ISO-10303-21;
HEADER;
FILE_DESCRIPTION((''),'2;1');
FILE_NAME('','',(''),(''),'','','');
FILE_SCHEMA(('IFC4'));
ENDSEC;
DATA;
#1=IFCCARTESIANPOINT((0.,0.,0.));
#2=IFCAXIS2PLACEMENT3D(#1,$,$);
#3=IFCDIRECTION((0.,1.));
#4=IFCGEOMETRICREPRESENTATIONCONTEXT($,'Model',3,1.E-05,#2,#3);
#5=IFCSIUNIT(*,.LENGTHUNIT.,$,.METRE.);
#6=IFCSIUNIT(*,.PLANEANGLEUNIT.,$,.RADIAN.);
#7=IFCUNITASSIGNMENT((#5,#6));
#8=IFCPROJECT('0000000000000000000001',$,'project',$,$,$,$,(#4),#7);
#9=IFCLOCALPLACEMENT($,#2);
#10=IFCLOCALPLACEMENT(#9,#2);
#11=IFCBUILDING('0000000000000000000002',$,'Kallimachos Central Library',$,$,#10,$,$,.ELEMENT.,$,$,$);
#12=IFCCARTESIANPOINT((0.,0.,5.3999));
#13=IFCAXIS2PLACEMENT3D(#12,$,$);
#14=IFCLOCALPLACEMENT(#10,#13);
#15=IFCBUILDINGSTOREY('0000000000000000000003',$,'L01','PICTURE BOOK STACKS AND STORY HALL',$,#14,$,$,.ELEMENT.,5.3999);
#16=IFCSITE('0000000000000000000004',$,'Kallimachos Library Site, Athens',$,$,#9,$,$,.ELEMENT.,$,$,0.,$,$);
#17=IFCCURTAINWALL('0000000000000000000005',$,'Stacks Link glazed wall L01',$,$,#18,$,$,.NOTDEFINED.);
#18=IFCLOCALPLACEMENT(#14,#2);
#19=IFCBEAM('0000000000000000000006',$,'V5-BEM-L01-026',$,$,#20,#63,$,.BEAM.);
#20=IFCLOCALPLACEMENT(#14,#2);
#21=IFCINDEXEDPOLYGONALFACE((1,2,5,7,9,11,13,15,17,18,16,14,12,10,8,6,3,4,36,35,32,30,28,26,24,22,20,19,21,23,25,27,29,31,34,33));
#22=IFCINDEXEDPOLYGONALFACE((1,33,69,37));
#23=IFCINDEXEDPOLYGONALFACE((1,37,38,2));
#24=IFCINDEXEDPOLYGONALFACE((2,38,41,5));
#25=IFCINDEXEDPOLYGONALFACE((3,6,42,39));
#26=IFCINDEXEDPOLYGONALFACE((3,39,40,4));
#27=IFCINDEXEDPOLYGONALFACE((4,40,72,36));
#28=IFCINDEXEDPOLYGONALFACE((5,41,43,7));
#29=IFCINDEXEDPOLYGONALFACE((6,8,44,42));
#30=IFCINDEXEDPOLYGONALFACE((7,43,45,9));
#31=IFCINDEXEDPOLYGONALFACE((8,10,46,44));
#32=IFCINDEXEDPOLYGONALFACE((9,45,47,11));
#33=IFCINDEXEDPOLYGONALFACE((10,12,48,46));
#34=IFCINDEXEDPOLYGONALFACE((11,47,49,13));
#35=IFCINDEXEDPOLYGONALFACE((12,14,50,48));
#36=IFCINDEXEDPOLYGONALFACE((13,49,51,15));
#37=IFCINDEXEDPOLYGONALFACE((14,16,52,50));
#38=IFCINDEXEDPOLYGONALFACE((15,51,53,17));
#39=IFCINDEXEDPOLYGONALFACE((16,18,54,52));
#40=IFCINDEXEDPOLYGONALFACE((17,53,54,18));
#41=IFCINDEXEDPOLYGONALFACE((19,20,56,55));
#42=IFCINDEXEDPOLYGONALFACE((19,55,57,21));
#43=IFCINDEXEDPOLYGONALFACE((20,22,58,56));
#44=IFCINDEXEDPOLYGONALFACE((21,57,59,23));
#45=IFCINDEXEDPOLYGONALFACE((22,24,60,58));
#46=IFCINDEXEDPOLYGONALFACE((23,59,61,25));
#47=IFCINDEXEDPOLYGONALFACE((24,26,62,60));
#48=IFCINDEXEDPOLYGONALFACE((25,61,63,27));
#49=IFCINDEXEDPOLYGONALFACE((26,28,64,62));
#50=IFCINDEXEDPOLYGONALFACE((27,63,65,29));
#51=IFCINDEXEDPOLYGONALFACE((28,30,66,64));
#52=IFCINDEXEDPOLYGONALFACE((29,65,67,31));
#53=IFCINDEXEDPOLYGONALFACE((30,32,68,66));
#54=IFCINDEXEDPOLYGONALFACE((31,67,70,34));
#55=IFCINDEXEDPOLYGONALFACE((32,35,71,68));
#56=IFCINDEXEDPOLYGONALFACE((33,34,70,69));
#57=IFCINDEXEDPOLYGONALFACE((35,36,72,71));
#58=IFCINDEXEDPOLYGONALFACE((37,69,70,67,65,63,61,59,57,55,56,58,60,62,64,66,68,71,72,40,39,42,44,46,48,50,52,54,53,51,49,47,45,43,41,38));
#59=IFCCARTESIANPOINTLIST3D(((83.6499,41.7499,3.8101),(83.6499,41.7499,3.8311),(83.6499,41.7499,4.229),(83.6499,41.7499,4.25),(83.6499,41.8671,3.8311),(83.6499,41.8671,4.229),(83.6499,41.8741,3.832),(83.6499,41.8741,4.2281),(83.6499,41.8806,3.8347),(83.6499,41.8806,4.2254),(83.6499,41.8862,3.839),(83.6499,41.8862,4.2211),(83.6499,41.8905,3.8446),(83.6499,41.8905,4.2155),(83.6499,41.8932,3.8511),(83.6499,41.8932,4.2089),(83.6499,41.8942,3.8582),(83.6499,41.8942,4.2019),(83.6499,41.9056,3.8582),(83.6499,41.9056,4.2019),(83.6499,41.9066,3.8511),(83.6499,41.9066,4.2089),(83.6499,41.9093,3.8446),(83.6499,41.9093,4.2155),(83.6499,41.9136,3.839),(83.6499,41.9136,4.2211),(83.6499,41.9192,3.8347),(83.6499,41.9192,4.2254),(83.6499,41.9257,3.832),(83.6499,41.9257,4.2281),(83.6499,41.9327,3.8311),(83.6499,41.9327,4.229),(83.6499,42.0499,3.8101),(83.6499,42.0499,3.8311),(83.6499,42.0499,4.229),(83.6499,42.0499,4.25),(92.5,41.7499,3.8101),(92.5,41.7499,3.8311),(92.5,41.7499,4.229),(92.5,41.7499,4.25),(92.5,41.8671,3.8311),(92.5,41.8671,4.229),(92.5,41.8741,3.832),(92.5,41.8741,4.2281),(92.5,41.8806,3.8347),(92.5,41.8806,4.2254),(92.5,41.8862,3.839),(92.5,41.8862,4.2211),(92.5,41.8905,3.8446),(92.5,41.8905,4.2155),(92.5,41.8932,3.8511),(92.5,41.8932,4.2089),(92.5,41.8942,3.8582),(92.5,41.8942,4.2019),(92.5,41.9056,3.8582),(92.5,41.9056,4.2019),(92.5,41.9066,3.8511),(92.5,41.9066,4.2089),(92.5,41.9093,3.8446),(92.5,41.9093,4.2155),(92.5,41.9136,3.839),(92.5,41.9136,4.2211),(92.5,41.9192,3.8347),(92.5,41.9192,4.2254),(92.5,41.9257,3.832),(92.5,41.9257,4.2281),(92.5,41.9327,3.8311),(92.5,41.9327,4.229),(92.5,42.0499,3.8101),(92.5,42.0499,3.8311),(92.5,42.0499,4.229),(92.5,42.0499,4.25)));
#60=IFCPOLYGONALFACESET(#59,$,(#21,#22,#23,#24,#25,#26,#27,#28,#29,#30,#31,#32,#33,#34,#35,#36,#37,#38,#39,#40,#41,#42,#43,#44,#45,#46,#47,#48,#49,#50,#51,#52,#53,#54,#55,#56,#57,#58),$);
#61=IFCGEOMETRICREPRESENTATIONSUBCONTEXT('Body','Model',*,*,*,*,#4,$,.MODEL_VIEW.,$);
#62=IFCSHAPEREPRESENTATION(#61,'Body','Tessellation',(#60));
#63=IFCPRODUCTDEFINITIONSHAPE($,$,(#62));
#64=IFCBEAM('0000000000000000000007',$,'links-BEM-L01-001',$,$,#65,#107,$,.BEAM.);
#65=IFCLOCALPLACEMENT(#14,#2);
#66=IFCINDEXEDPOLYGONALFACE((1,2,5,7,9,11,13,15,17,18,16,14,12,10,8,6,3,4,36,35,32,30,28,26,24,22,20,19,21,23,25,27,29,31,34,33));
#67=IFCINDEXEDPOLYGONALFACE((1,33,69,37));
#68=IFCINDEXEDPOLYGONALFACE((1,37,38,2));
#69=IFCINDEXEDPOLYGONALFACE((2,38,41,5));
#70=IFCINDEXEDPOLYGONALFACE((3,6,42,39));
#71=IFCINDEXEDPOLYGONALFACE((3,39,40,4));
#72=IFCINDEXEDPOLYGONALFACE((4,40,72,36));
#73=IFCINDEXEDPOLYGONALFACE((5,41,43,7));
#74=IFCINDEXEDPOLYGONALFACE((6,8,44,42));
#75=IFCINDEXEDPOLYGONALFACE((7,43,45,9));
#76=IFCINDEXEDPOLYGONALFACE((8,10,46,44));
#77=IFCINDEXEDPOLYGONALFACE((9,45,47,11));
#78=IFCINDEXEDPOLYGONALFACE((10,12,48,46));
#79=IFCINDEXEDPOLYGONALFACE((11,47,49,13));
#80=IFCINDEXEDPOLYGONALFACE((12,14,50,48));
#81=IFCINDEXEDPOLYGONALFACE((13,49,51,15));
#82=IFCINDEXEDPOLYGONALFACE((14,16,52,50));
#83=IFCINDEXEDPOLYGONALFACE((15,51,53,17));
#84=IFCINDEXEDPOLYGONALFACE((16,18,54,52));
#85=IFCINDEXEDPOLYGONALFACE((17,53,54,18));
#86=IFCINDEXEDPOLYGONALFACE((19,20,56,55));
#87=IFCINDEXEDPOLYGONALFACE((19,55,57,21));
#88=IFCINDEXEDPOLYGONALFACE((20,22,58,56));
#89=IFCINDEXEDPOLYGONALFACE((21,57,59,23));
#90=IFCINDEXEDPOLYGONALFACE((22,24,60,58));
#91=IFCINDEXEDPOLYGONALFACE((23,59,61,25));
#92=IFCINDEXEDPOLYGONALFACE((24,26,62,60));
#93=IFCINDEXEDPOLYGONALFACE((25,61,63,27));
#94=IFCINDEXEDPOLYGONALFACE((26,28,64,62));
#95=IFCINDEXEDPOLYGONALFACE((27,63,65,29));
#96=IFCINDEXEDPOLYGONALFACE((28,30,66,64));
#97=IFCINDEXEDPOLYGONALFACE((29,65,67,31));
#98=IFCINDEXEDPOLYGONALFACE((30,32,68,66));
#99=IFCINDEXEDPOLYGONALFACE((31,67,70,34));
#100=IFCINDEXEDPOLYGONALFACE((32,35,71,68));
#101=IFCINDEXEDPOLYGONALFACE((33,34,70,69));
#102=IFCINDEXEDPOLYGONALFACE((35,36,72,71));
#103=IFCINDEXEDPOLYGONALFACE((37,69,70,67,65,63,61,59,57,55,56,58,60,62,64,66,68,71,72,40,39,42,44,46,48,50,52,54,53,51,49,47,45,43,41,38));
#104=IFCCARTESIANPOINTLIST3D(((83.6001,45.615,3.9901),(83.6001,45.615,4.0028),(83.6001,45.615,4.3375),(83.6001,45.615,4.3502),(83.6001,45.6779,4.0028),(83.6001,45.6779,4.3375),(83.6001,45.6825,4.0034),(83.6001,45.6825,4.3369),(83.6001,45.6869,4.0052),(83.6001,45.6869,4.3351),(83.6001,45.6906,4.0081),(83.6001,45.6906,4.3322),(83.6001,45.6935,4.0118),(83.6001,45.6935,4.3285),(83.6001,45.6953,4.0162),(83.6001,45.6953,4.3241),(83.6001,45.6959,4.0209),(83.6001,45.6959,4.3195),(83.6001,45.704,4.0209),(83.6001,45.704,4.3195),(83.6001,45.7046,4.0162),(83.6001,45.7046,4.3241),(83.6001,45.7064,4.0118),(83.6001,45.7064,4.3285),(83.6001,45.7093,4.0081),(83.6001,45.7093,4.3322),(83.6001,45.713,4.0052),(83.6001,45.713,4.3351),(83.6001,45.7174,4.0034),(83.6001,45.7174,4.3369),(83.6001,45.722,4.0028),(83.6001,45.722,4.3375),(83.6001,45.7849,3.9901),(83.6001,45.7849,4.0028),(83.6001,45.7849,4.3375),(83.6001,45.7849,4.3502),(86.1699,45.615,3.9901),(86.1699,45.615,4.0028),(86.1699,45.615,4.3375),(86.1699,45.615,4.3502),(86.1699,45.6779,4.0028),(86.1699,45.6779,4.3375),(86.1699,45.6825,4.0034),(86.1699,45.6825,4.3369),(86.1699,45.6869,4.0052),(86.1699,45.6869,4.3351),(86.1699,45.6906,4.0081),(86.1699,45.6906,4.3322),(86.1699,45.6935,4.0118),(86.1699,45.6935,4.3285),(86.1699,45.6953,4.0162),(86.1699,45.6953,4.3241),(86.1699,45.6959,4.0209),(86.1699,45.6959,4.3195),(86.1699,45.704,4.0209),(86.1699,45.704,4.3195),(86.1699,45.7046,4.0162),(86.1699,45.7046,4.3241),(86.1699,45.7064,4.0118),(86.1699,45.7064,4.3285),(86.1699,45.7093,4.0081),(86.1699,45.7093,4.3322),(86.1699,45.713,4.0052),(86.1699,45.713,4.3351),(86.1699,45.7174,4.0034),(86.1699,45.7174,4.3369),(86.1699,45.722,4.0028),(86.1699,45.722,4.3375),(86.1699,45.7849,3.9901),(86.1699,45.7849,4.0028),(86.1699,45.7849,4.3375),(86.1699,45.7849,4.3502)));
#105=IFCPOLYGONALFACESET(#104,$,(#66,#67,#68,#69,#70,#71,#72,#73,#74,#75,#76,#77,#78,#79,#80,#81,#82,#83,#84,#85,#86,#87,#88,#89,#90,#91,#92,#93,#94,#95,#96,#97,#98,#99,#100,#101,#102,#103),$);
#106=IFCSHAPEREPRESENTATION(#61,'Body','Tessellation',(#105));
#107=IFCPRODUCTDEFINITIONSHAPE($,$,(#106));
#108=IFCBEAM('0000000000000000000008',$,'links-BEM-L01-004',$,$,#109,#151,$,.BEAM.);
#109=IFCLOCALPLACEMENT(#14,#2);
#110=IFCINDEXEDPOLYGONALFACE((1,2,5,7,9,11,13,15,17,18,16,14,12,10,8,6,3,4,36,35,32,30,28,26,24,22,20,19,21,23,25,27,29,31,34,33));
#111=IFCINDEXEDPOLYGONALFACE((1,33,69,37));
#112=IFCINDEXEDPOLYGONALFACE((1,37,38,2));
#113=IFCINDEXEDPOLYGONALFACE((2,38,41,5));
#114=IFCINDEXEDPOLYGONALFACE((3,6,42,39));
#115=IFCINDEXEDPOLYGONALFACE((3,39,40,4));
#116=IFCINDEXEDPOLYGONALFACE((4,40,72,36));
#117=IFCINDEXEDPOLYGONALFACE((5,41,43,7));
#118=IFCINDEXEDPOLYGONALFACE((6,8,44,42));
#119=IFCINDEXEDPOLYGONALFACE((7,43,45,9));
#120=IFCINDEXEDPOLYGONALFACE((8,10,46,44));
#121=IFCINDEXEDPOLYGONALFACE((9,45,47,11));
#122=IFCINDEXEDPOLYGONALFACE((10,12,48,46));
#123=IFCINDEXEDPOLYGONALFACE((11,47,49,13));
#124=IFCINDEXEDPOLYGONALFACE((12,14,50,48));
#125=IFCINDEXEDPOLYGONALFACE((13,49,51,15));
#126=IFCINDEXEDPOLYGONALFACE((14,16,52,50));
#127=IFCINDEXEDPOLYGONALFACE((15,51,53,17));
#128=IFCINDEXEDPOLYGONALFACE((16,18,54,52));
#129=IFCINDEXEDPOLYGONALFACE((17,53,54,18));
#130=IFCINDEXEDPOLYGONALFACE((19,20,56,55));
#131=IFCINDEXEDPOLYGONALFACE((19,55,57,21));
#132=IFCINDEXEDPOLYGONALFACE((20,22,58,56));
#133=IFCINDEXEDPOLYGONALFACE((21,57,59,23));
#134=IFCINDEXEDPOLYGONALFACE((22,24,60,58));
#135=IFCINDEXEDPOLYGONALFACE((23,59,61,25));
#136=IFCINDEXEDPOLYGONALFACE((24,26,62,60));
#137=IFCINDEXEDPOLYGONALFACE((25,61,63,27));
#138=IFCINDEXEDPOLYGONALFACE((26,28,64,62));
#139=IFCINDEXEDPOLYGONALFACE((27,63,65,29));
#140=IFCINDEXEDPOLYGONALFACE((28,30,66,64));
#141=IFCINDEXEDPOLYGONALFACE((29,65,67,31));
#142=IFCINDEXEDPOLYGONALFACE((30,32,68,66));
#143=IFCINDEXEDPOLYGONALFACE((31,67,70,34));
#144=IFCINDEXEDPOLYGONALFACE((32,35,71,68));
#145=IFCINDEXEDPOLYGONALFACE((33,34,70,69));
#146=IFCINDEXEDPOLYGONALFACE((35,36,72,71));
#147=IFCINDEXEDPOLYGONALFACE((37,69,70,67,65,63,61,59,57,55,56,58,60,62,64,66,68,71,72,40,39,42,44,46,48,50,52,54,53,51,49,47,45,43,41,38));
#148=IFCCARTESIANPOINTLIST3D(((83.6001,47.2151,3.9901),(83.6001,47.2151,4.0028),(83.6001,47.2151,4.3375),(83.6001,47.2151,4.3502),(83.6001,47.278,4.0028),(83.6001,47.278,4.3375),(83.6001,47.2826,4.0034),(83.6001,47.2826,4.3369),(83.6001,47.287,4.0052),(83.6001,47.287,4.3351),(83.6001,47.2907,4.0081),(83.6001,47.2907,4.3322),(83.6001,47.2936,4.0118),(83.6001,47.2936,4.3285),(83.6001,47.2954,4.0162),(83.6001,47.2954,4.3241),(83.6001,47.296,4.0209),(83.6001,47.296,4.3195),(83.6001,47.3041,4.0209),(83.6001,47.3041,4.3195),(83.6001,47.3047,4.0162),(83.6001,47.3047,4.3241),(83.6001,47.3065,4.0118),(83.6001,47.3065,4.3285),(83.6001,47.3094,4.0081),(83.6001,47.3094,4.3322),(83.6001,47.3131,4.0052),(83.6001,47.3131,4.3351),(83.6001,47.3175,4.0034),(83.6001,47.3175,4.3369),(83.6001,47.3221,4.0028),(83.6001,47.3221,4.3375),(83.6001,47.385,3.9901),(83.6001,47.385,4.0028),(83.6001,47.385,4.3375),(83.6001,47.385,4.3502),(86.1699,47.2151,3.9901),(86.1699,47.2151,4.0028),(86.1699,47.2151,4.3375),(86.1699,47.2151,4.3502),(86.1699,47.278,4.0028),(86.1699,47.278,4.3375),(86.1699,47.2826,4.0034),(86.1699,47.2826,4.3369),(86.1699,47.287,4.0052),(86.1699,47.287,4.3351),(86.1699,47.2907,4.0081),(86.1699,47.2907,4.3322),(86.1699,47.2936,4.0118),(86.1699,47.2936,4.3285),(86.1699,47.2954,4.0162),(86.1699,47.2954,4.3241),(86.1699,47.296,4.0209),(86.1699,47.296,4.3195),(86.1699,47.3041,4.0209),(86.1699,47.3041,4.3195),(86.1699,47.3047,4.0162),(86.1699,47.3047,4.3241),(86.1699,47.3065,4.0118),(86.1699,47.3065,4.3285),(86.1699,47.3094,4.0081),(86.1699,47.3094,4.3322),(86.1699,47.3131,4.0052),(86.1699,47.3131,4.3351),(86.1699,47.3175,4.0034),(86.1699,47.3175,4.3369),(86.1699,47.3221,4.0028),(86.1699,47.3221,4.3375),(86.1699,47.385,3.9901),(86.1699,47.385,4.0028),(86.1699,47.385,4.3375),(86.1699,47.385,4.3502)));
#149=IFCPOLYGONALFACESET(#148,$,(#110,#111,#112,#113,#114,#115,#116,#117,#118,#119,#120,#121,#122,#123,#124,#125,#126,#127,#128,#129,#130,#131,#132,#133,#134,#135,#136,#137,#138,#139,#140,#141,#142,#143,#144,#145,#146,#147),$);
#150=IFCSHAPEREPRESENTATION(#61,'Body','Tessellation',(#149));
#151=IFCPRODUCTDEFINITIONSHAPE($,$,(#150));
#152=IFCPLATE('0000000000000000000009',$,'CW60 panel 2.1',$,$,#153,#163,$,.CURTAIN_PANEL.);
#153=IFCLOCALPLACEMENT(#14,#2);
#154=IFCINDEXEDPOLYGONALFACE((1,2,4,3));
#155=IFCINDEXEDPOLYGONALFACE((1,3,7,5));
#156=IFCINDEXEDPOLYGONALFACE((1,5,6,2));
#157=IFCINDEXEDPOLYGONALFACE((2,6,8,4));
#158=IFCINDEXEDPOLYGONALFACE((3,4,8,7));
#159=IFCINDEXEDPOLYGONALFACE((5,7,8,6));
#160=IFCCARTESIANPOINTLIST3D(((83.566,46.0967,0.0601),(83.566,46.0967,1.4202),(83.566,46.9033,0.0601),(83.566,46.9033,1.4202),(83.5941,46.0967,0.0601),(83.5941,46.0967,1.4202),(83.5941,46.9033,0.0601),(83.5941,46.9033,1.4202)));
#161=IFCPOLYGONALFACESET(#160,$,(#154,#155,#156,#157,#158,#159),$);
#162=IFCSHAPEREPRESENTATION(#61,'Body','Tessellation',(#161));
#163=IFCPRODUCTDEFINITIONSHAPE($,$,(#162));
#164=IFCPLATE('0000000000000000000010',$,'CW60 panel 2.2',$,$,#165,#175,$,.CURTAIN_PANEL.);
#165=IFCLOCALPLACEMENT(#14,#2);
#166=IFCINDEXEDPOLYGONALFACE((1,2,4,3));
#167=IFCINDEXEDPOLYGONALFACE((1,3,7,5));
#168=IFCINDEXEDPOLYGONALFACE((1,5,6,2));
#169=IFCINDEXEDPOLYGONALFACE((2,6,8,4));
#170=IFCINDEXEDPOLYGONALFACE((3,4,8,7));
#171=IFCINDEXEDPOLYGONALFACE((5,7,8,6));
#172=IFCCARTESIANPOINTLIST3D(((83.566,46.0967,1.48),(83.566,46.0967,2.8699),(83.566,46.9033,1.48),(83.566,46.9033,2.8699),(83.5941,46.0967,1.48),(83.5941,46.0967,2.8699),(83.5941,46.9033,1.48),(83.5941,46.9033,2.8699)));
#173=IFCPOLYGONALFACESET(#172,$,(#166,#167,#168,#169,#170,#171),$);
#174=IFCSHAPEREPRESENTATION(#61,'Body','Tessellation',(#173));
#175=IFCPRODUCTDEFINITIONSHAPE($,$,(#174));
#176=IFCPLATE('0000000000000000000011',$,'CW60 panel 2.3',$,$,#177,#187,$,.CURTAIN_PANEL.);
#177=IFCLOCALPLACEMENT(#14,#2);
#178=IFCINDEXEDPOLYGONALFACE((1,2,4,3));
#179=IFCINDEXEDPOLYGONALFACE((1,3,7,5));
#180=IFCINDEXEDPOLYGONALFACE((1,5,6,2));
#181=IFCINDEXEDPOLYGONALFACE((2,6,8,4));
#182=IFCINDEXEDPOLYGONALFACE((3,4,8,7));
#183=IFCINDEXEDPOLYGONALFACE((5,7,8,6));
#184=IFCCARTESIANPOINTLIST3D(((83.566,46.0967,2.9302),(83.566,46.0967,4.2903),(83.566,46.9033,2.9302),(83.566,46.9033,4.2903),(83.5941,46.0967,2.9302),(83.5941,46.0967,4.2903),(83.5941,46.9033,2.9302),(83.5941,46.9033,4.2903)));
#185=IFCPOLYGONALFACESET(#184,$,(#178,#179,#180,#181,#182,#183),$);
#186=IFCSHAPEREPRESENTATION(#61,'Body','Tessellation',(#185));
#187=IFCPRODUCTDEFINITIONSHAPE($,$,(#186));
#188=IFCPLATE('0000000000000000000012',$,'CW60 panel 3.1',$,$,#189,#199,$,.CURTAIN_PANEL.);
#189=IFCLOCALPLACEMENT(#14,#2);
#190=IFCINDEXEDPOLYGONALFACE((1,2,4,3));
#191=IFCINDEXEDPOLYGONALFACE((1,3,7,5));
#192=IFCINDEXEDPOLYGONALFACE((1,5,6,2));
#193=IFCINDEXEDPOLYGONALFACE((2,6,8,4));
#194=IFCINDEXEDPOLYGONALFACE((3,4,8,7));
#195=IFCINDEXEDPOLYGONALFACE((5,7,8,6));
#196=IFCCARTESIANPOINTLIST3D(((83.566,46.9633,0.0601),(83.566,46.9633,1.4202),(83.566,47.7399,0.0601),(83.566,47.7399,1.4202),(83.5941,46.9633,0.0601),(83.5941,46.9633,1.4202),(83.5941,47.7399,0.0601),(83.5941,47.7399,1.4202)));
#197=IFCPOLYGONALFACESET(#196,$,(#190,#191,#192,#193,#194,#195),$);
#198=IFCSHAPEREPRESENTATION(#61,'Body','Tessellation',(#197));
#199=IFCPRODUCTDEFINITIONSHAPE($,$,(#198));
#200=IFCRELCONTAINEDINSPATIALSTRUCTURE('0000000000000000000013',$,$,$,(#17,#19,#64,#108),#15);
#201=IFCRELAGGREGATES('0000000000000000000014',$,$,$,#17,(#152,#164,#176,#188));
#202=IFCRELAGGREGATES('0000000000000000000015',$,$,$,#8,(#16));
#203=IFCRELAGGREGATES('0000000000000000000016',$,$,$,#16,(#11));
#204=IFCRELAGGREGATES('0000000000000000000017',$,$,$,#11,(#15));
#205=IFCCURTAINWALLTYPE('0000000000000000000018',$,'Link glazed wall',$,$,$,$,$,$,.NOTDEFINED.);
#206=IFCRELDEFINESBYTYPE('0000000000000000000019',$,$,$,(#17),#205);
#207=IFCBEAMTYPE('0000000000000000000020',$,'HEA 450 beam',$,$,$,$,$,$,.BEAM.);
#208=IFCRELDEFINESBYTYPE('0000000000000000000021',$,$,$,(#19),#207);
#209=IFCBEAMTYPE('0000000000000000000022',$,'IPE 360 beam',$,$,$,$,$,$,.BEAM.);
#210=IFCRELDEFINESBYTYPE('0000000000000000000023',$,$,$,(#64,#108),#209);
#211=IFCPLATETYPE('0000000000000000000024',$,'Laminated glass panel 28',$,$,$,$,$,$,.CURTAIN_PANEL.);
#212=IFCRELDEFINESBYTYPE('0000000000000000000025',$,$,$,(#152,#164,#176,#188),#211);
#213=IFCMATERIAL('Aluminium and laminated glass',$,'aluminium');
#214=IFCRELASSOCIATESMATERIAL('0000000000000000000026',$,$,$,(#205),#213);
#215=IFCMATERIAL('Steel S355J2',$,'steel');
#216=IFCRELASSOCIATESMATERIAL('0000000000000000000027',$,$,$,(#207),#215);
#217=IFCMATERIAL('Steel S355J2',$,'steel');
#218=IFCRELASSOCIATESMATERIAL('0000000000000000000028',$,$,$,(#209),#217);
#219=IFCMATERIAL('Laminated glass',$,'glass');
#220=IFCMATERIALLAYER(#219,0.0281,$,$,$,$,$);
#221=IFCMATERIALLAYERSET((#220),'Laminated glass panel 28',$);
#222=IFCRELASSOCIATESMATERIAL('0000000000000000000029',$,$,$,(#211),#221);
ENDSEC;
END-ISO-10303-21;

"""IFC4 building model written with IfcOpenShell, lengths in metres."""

from ifc_helpers import new_model, si_unit, direction, frame, origin, origin_2d, place, context, subcontext, project, spatial, rectangle, i_section, extrude, material, layer, layer_set, material_profile, profile_set, type_object, element, aggregate, save


model = new_model("IFC4")

# Units and contexts
model_context = context("Model", 3, precision=1e-05, world=origin(), true_north=direction((0.0, 1.0)))
body_context = subcontext(model_context, "Body", "Model", "MODEL_VIEW")
ifc_project = project(units=[si_unit("LENGTHUNIT", "METRE"), si_unit("PLANEANGLEUNIT", "RADIAN")], contexts=[model_context])

# Site, building, storey
site_placement = place(None, origin())
site = spatial("IfcSite", under=ifc_project, at=site_placement, Name="Kallimachos Library Site, Athens", CompositionType="ELEMENT", RefElevation=0.0)
building_placement = place(site_placement, origin())
building = spatial("IfcBuilding", under=site, at=building_placement, Name="Kallimachos Central Library", CompositionType="ELEMENT")
storey_placement = place(building_placement, frame((0.0, 0.0, 5.3999)))
storey = spatial("IfcBuildingStorey", under=building, at=storey_placement, Name="L01", Description="PICTURE BOOK STACKS AND STORY HALL", CompositionType="ELEMENT", Elevation=5.3999)

# Curtain wall
ifc_material_1 = material(Name="Aluminium and laminated glass", Category="aluminium")
curtain_wall_type = type_object("IfcCurtainWallType", Name="Link glazed wall", PredefinedType="NOTDEFINED", material=ifc_material_1)
curtain_wall_placement = place(storey_placement, origin())
curtain_wall = element("IfcCurtainWall", 1, at=curtain_wall_placement, inside=storey, type_object=curtain_wall_type, Name="Stacks Link glazed wall L01", PredefinedType="NOTDEFINED")

# Beams
ifc_material_2 = material(Name="Steel S355J2", Category="steel")
ifc_material_profile_1 = material_profile(ifc_material_2, i_section(OverallWidth=0.3, OverallDepth=0.4399, WebThickness=0.0115, FlangeThickness=0.021, FilletRadius=0.0271, at=origin_2d()), Name="HEA 450")
ifc_profile_set_1 = profile_set([ifc_material_profile_1], Name="Steel S355J2")
beam_type_1 = type_object("IfcBeamType", Name="HEA 450 beam", PredefinedType="BEAM", material=ifc_profile_set_1)
beam_placement = place(storey_placement, frame((83.6499, 41.8999, 4.03), z_axis=(1.0, 0.0, 0.0), x_axis=(0.0, 1.0, 0.0)))
element("IfcBeam", 2, at=beam_placement, inside=storey, type_object=beam_type_1, Name="V5-BEM-L01-026", PredefinedType="BEAM", context=body_context, shape_type="SweptSolid", body=[
    extrude(i_section(OverallWidth=0.3, OverallDepth=0.4399, WebThickness=0.0115, FlangeThickness=0.021, FilletRadius=0.0271, at=origin_2d()), origin(), (0.0, 0.0, 1.0), 8.8501),
])
ifc_material_3 = material(Name="Steel S355J2", Category="steel")
ifc_material_profile_2 = material_profile(ifc_material_3, i_section(OverallWidth=0.1699, OverallDepth=0.3601, WebThickness=0.0081, FlangeThickness=0.0127, FilletRadius=0.0181, at=origin_2d()), Name="IPE 360")
ifc_profile_set_2 = profile_set([ifc_material_profile_2], Name="Steel S355J2")
beam_type_2 = type_object("IfcBeamType", Name="IPE 360 beam", PredefinedType="BEAM", material=ifc_profile_set_2)
for number, where, z_axis, x_axis, name in (
    (3, (83.6001, 45.7, 4.1702), (1.0, 0.0, 0.0), (0.0, 1.0, 0.0), "links-BEM-L01-001"),
    (4, (83.6001, 47.3, 4.1702), (1.0, 0.0, 0.0), (0.0, 1.0, 0.0), "links-BEM-L01-004"),
):
    element("IfcBeam", number, at=place(storey_placement, frame(where, z_axis=z_axis, x_axis=x_axis)), inside=storey, type_object=beam_type_2, Name=name, PredefinedType="BEAM", context=body_context, shape_type="SweptSolid", body=[
        extrude(i_section(OverallWidth=0.1699, OverallDepth=0.3601, WebThickness=0.0081, FlangeThickness=0.0127, FilletRadius=0.0181, at=origin_2d()), origin(), (0.0, 0.0, 1.0), 2.5698),
    ])

# Plates
ifc_material_4 = material(Name="Laminated glass", Category="glass")
ifc_layer_1 = layer(ifc_material_4, 0.0281)
ifc_layer_set_1 = layer_set([ifc_layer_1], Name="Laminated glass panel 28")
plate_type = type_object("IfcPlateType", Name="Laminated glass panel 28", PredefinedType="CURTAIN_PANEL", material=ifc_layer_set_1)
plate_1_placement = place(storey_placement, frame((83.5801, 46.5, 0.0601), z_axis=(0.0, 0.0, 1.0), x_axis=(0.0, 1.0, 0.0)))
plate_1 = element("IfcPlate", 5, at=plate_1_placement, type_object=plate_type, Name="CW60 panel 2.1", PredefinedType="CURTAIN_PANEL", context=body_context, shape_type="SweptSolid", body=[
    extrude(rectangle(XDim=0.8066, YDim=0.0281, at=origin_2d()), origin(), (0.0, 0.0, 1.0), 1.3601),
])
plate_2_placement = place(storey_placement, frame((83.5801, 46.5, 1.48), z_axis=(0.0, 0.0, 1.0), x_axis=(0.0, 1.0, 0.0)))
plate_2 = element("IfcPlate", 6, at=plate_2_placement, type_object=plate_type, Name="CW60 panel 2.2", PredefinedType="CURTAIN_PANEL", context=body_context, shape_type="SweptSolid", body=[
    extrude(rectangle(XDim=0.8066, YDim=0.0281, at=origin_2d()), origin(), (0.0, 0.0, 1.0), 1.3899),
])
plate_3_placement = place(storey_placement, frame((83.5801, 46.5, 2.9302), z_axis=(0.0, 0.0, 1.0), x_axis=(0.0, 1.0, 0.0)))
plate_3 = element("IfcPlate", 7, at=plate_3_placement, type_object=plate_type, Name="CW60 panel 2.3", PredefinedType="CURTAIN_PANEL", context=body_context, shape_type="SweptSolid", body=[
    extrude(rectangle(XDim=0.8066, YDim=0.0281, at=origin_2d()), origin(), (0.0, 0.0, 1.0), 1.3601),
])
plate_4_placement = place(storey_placement, frame((83.5801, 47.3516, 0.0601), z_axis=(0.0, 0.0, 1.0), x_axis=(0.0, 1.0, 0.0)))
plate_4 = element("IfcPlate", 8, at=plate_4_placement, type_object=plate_type, Name="CW60 panel 3.1", PredefinedType="CURTAIN_PANEL", context=body_context, shape_type="SweptSolid", body=[
    extrude(rectangle(XDim=0.7766, YDim=0.0281, at=origin_2d()), origin(), (0.0, 0.0, 1.0), 1.3601),
])
aggregate(curtain_wall, [plate_1, plate_2, plate_3, plate_4])

save(model, "model.ifc")
